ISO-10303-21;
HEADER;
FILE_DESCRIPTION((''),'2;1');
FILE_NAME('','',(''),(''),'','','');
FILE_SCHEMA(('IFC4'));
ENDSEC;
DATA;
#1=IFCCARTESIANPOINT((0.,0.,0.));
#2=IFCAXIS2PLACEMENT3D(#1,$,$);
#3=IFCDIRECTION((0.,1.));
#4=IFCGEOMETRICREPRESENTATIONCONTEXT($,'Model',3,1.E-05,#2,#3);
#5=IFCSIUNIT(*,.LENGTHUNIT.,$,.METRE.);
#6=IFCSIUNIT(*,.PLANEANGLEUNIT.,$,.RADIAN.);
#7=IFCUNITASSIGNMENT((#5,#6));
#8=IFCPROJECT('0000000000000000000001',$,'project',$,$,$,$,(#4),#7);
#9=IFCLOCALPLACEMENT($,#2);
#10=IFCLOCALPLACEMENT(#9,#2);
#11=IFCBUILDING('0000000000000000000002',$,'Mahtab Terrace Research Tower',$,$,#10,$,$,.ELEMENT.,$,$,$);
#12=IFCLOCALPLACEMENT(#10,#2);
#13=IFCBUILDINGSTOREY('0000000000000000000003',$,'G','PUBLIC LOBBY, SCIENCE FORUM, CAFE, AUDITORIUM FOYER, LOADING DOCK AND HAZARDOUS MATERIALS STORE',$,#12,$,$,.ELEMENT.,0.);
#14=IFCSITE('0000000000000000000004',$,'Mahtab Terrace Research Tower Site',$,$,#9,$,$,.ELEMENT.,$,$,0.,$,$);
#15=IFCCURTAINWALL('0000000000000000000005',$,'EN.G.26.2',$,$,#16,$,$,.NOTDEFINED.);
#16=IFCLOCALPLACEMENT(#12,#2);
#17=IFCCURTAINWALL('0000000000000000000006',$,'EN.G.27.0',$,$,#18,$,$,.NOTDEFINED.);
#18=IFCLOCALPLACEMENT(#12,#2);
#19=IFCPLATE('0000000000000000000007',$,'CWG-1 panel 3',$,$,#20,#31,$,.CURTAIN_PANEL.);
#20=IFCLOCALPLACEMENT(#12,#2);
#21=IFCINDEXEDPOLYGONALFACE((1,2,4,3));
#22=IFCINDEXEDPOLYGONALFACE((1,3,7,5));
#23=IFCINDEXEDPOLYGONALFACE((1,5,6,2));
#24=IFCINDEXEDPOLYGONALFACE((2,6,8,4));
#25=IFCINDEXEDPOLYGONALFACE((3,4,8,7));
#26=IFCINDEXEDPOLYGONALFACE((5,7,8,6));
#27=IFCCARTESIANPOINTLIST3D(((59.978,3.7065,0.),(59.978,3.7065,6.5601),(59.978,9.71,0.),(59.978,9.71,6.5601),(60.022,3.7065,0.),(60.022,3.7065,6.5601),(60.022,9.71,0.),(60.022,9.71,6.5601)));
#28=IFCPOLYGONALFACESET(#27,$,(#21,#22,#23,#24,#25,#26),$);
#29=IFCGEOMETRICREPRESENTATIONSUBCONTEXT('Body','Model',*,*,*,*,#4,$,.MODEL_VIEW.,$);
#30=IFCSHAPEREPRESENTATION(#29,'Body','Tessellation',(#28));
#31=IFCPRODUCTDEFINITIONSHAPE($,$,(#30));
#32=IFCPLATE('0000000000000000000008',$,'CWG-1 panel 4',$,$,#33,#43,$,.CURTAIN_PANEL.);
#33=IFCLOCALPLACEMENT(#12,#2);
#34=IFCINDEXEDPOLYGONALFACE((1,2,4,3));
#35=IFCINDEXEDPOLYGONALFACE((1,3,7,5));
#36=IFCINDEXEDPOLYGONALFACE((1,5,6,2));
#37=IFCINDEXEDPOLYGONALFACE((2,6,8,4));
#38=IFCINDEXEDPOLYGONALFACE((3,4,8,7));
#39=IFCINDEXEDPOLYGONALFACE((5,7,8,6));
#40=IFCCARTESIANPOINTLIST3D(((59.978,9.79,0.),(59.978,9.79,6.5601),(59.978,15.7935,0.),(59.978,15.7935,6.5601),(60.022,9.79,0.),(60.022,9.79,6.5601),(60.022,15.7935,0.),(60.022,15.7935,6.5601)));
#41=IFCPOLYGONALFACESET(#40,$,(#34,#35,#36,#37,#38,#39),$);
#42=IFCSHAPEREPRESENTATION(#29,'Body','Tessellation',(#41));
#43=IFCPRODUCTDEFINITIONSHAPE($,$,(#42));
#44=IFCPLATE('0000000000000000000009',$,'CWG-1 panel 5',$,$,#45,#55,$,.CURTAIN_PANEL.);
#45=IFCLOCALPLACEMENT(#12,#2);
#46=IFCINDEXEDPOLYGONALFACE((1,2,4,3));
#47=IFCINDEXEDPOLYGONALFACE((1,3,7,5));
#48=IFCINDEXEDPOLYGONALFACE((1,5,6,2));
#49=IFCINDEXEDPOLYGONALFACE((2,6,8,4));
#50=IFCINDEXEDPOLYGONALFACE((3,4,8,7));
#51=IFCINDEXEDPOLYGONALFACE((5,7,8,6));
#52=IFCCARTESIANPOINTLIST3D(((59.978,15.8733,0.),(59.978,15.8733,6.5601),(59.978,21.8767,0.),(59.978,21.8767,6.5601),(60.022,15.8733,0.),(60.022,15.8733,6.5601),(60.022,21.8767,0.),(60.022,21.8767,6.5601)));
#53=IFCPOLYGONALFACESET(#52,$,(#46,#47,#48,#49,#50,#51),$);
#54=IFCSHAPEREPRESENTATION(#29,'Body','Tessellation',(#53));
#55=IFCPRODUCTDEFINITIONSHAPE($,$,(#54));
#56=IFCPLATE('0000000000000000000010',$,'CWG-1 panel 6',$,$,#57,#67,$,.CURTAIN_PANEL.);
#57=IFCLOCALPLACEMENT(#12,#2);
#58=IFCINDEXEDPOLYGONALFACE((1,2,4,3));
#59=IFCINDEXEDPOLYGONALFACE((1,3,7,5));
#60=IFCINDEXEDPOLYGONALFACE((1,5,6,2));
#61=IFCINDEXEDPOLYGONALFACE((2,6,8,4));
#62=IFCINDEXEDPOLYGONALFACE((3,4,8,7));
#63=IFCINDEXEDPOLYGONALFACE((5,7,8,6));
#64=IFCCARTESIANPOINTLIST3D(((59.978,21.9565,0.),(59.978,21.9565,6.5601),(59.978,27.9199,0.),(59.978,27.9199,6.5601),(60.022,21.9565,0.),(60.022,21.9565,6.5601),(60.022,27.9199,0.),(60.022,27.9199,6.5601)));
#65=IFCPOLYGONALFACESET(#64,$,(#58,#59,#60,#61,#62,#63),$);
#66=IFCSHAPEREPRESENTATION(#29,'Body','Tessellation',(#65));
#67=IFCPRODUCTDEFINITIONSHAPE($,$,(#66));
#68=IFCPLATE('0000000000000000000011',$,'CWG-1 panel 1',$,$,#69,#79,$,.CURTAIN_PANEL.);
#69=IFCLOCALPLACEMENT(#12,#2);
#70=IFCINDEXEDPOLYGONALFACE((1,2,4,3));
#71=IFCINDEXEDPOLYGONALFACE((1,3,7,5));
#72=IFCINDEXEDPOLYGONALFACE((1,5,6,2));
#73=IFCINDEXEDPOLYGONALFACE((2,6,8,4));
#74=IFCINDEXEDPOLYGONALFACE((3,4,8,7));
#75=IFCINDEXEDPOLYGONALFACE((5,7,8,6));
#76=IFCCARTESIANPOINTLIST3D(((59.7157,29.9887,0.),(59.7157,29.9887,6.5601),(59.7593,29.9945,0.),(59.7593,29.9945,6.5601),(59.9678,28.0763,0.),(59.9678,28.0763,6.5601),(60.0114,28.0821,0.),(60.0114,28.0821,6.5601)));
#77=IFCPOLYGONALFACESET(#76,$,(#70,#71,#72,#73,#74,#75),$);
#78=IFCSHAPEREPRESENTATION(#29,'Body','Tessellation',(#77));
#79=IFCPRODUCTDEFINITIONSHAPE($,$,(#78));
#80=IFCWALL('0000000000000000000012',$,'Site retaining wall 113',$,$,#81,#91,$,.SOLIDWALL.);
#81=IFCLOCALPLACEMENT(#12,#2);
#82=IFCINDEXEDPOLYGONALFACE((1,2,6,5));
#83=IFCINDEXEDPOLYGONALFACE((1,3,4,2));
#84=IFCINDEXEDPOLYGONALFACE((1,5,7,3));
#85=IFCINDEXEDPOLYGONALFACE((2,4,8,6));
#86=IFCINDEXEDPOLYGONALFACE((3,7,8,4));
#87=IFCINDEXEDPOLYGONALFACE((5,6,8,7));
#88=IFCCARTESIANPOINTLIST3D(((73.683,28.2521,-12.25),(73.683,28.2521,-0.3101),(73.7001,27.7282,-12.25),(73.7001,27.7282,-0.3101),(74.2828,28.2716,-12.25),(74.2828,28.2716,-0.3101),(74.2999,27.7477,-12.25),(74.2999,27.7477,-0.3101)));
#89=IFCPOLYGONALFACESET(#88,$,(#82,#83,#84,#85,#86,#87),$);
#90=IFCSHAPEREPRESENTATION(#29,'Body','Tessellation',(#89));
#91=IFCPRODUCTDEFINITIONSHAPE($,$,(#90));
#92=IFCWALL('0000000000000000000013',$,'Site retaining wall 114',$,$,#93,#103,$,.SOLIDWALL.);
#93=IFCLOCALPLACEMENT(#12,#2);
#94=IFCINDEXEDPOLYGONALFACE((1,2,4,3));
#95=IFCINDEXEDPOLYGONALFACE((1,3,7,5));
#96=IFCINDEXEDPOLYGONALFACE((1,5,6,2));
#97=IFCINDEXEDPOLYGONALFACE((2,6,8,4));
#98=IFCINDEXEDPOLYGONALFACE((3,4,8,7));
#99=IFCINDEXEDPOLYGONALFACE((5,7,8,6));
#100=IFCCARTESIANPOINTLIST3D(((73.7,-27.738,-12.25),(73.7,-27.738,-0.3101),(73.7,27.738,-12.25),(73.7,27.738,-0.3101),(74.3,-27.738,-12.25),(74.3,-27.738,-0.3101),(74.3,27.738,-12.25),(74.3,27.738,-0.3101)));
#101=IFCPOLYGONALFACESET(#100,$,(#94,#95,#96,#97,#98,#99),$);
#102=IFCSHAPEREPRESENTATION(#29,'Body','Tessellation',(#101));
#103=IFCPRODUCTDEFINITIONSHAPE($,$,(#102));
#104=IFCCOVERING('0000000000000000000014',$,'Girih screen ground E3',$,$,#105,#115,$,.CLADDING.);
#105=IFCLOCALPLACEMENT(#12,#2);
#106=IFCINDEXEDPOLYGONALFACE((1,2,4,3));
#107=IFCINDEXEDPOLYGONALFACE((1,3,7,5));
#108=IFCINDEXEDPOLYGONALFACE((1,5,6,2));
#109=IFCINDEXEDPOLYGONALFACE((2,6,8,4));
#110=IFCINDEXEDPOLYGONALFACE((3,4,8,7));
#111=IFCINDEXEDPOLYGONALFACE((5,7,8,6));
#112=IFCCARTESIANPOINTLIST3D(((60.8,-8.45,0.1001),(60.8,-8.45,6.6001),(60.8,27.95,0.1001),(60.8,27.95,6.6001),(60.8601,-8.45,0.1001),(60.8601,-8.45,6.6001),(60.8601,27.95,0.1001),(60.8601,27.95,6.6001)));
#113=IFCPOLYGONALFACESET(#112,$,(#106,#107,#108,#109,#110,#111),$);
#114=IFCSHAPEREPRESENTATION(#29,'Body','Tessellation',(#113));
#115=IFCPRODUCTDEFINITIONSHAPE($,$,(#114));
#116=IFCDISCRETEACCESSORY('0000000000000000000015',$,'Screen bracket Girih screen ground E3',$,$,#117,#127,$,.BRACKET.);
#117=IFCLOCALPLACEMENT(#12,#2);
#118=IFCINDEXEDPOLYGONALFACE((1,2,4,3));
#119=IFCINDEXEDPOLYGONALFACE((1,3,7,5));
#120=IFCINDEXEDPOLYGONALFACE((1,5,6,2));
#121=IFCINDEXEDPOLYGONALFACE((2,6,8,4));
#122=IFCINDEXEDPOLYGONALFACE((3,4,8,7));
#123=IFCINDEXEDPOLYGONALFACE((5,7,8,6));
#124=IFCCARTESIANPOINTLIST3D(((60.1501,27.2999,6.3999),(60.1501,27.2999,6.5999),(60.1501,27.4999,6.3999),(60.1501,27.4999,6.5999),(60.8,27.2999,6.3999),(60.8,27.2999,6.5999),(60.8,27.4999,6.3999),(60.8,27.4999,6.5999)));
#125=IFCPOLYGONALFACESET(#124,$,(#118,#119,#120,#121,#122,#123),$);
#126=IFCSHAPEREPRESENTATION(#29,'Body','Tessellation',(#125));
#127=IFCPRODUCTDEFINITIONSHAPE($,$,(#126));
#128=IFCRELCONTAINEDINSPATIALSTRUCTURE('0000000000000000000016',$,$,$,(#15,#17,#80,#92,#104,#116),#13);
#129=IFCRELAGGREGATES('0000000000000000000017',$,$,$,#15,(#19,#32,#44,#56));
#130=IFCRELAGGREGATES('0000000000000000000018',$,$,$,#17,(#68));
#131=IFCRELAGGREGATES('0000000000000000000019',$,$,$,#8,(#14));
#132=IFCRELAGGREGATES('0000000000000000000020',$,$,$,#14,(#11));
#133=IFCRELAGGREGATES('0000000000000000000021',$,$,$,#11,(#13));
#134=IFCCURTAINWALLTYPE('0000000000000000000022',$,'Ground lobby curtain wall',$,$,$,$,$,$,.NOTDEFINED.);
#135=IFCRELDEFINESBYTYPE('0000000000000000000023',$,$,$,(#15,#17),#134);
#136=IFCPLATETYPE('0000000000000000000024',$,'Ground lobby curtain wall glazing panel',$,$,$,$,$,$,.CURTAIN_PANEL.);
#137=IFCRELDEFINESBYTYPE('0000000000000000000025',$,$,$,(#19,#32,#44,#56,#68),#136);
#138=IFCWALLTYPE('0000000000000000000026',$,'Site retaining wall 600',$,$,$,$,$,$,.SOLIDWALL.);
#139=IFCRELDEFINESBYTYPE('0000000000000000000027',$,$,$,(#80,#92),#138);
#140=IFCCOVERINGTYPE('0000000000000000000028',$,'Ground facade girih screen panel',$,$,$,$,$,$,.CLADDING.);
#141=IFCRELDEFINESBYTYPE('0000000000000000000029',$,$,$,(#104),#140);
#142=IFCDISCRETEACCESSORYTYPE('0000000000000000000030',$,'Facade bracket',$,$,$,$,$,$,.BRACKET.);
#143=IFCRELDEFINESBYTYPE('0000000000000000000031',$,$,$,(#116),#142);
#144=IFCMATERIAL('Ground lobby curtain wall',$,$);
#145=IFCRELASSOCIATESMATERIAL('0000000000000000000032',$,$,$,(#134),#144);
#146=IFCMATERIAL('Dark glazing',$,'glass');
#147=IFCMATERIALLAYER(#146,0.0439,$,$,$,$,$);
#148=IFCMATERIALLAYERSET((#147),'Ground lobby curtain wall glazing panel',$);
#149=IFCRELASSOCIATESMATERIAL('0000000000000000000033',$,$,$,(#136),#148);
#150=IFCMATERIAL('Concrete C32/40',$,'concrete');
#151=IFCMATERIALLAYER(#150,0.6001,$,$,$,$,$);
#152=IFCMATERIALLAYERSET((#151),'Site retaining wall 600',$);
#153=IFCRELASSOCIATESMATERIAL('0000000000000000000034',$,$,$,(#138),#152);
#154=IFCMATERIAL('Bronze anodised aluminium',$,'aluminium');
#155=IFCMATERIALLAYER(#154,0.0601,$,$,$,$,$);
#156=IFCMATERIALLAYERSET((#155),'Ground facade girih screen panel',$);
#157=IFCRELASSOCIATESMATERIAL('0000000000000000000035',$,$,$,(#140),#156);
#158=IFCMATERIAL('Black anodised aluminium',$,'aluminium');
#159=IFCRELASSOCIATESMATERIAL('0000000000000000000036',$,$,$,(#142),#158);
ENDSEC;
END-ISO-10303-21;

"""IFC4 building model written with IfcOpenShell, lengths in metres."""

from ifc_helpers import new_model, si_unit, direction, frame, frame_2d, origin, origin_2d, place, context, subcontext, project, spatial, rectangle, extrude, material, layer, layer_set, type_object, element, aggregate, save


model = new_model("IFC4")

# Units and contexts
model_context = context("Model", 3, precision=1e-05, world=origin(), true_north=direction((0.0, 1.0)))
body_context = subcontext(model_context, "Body", "Model", "MODEL_VIEW")
ifc_project = project(units=[si_unit("LENGTHUNIT", "METRE"), si_unit("PLANEANGLEUNIT", "RADIAN")], contexts=[model_context])

# Site, building, storey
site_placement = place(None, origin())
site = spatial("IfcSite", under=ifc_project, at=site_placement, Name="Mahtab Terrace Research Tower Site", CompositionType="ELEMENT", RefElevation=0.0)
building_placement = place(site_placement, origin())
building = spatial("IfcBuilding", under=site, at=building_placement, Name="Mahtab Terrace Research Tower", CompositionType="ELEMENT")
storey_placement = place(building_placement, origin())
storey = spatial("IfcBuildingStorey", under=building, at=storey_placement, Name="G", Description="PUBLIC LOBBY, SCIENCE FORUM, CAFE, AUDITORIUM FOYER, LOADING DOCK AND HAZARDOUS MATERIALS STORE", CompositionType="ELEMENT", Elevation=0.0)

# Curtain wall
ifc_material_1 = material(Name="Ground lobby curtain wall")
curtain_wall_type = type_object("IfcCurtainWallType", Name="Ground lobby curtain wall", PredefinedType="NOTDEFINED", material=ifc_material_1)
curtain_wall_1_placement = place(storey_placement, origin())
curtain_wall_1 = element("IfcCurtainWall", 1, at=curtain_wall_1_placement, inside=storey, type_object=curtain_wall_type, Name="EN.G.26.2", PredefinedType="NOTDEFINED")

# Curtain wall
curtain_wall_2_placement = place(storey_placement, origin())
curtain_wall_2 = element("IfcCurtainWall", 2, at=curtain_wall_2_placement, inside=storey, type_object=curtain_wall_type, Name="EN.G.27.0", PredefinedType="NOTDEFINED")

# Plates
ifc_material_2 = material(Name="Dark glazing", Category="glass")
ifc_layer_1 = layer(ifc_material_2, 0.0439)
ifc_layer_set_1 = layer_set([ifc_layer_1], Name="Ground lobby curtain wall glazing panel")
plate_type = type_object("IfcPlateType", Name="Ground lobby curtain wall glazing panel", PredefinedType="CURTAIN_PANEL", material=ifc_layer_set_1)
plate_1_placement = place(storey_placement, frame((60.0, 6.7083, 0.0), z_axis=(0.0, 0.0, 1.0), x_axis=(0.0, 1.0, 0.0)))
plate_1 = element("IfcPlate", 3, at=plate_1_placement, type_object=plate_type, Name="CWG-1 panel 3", PredefinedType="CURTAIN_PANEL", context=body_context, shape_type="SweptSolid", body=[
    extrude(rectangle(XDim=6.0034, YDim=0.0439, at=origin_2d()), origin(), (0.0, 0.0, 1.0), 6.5601),
])
plate_2_placement = place(storey_placement, frame((60.0, 12.7917, 0.0), z_axis=(0.0, 0.0, 1.0), x_axis=(0.0, 1.0, 0.0)))
plate_2 = element("IfcPlate", 4, at=plate_2_placement, type_object=plate_type, Name="CWG-1 panel 4", PredefinedType="CURTAIN_PANEL", context=body_context, shape_type="SweptSolid", body=[
    extrude(rectangle(XDim=6.0034, YDim=0.0439, at=origin_2d()), origin(), (0.0, 0.0, 1.0), 6.5601),
])
plate_3_placement = place(storey_placement, frame((60.0, 18.875, 0.0), z_axis=(0.0, 0.0, 1.0), x_axis=(0.0, 1.0, 0.0)))
plate_3 = element("IfcPlate", 5, at=plate_3_placement, type_object=plate_type, Name="CWG-1 panel 5", PredefinedType="CURTAIN_PANEL", context=body_context, shape_type="SweptSolid", body=[
    extrude(rectangle(XDim=6.0034, YDim=0.0439, at=origin_2d()), origin(), (0.0, 0.0, 1.0), 6.5601),
])
plate_4_placement = place(storey_placement, frame((60.0, 24.9382, 0.0), z_axis=(0.0, 0.0, 1.0), x_axis=(0.0, 1.0, 0.0)))
plate_4 = element("IfcPlate", 6, at=plate_4_placement, type_object=plate_type, Name="CWG-1 panel 6", PredefinedType="CURTAIN_PANEL", context=body_context, shape_type="SweptSolid", body=[
    extrude(rectangle(XDim=5.9634, YDim=0.0439, at=origin_2d()), origin(), (0.0, 0.0, 1.0), 6.5601),
])
aggregate(curtain_wall_1, [plate_1, plate_2, plate_3, plate_4])
plate_5_placement = place(storey_placement, frame((59.8635, 29.0354, 0.0), z_axis=(0.0, 0.0, 1.0), x_axis=(-0.13069, 0.991423, 0.0)))
plate_5 = element("IfcPlate", 7, at=plate_5_placement, type_object=plate_type, Name="CWG-1 panel 1", PredefinedType="CURTAIN_PANEL", context=body_context, shape_type="SweptSolid", body=[
    extrude(rectangle(XDim=1.929, YDim=0.0439, at=origin_2d()), origin(), (0.0, 0.0, 1.0), 6.5601),
])
aggregate(curtain_wall_2, [plate_5])

# Walls
ifc_material_3 = material(Name="Concrete C32/40", Category="concrete")
ifc_layer_2 = layer(ifc_material_3, 0.6001)
ifc_layer_set_2 = layer_set([ifc_layer_2], Name="Site retaining wall 600")
wall_type = type_object("IfcWallType", Name="Site retaining wall 600", PredefinedType="SOLIDWALL", material=ifc_layer_set_2)
wall_1_placement = place(storey_placement, frame((73.9829, 28.262, -12.25), z_axis=(0.0, 0.0, 1.0), x_axis=(0.032601, -0.999468, 0.0)))
element("IfcWall", 8, at=wall_1_placement, inside=storey, type_object=wall_type, Name="Site retaining wall 113", PredefinedType="SOLIDWALL", context=body_context, shape_type="SweptSolid", body=[
    extrude(rectangle(XDim=0.5242, YDim=0.6001, at=frame_2d((0.2622, 0.0))), origin(), (0.0, 0.0, 1.0), 11.9399),
])
wall_2_placement = place(storey_placement, frame((74.0, 27.738, -12.25), z_axis=(0.0, 0.0, 1.0), x_axis=(0.0, -1.0, 0.0)))
element("IfcWall", 9, at=wall_2_placement, inside=storey, type_object=wall_type, Name="Site retaining wall 114", PredefinedType="SOLIDWALL", context=body_context, shape_type="SweptSolid", body=[
    extrude(rectangle(XDim=55.4761, YDim=0.6001, at=frame_2d((27.738, 0.0))), origin(), (0.0, 0.0, 1.0), 11.9399),
])

# Covering
ifc_material_4 = material(Name="Bronze anodised aluminium", Category="aluminium")
ifc_layer_3 = layer(ifc_material_4, 0.0601)
ifc_layer_set_3 = layer_set([ifc_layer_3], Name="Ground facade girih screen panel")
covering_type = type_object("IfcCoveringType", Name="Ground facade girih screen panel", PredefinedType="CLADDING", material=ifc_layer_set_3)
covering_placement = place(storey_placement, frame((60.8301, 9.75, 0.1001), z_axis=(0.0, 0.0, 1.0), x_axis=(0.0, 1.0, 0.0)))
element("IfcCovering", 10, at=covering_placement, inside=storey, type_object=covering_type, Name="Girih screen ground E3", PredefinedType="CLADDING", context=body_context, shape_type="SweptSolid", body=[
    extrude(rectangle(XDim=36.3999, YDim=0.0601, at=origin_2d()), origin(), (0.0, 0.0, 1.0), 6.5),
])

# Discrete accessory
ifc_material_5 = material(Name="Black anodised aluminium", Category="aluminium")
discrete_accessory_type = type_object("IfcDiscreteAccessoryType", Name="Facade bracket", PredefinedType="BRACKET", material=ifc_material_5)
discrete_accessory_placement = place(storey_placement, frame((60.4751, 27.3999, 6.3999), z_axis=(0.0, 0.0, 1.0), x_axis=(0.0, 1.0, 0.0)))
element("IfcDiscreteAccessory", 11, at=discrete_accessory_placement, inside=storey, type_object=discrete_accessory_type, Name="Screen bracket Girih screen ground E3", PredefinedType="BRACKET", context=body_context, shape_type="SweptSolid", body=[
    extrude(rectangle(XDim=0.2, YDim=0.6499, at=origin_2d()), origin(), (0.0, 0.0, 1.0), 0.2),
])

save(model, "model.ifc")
